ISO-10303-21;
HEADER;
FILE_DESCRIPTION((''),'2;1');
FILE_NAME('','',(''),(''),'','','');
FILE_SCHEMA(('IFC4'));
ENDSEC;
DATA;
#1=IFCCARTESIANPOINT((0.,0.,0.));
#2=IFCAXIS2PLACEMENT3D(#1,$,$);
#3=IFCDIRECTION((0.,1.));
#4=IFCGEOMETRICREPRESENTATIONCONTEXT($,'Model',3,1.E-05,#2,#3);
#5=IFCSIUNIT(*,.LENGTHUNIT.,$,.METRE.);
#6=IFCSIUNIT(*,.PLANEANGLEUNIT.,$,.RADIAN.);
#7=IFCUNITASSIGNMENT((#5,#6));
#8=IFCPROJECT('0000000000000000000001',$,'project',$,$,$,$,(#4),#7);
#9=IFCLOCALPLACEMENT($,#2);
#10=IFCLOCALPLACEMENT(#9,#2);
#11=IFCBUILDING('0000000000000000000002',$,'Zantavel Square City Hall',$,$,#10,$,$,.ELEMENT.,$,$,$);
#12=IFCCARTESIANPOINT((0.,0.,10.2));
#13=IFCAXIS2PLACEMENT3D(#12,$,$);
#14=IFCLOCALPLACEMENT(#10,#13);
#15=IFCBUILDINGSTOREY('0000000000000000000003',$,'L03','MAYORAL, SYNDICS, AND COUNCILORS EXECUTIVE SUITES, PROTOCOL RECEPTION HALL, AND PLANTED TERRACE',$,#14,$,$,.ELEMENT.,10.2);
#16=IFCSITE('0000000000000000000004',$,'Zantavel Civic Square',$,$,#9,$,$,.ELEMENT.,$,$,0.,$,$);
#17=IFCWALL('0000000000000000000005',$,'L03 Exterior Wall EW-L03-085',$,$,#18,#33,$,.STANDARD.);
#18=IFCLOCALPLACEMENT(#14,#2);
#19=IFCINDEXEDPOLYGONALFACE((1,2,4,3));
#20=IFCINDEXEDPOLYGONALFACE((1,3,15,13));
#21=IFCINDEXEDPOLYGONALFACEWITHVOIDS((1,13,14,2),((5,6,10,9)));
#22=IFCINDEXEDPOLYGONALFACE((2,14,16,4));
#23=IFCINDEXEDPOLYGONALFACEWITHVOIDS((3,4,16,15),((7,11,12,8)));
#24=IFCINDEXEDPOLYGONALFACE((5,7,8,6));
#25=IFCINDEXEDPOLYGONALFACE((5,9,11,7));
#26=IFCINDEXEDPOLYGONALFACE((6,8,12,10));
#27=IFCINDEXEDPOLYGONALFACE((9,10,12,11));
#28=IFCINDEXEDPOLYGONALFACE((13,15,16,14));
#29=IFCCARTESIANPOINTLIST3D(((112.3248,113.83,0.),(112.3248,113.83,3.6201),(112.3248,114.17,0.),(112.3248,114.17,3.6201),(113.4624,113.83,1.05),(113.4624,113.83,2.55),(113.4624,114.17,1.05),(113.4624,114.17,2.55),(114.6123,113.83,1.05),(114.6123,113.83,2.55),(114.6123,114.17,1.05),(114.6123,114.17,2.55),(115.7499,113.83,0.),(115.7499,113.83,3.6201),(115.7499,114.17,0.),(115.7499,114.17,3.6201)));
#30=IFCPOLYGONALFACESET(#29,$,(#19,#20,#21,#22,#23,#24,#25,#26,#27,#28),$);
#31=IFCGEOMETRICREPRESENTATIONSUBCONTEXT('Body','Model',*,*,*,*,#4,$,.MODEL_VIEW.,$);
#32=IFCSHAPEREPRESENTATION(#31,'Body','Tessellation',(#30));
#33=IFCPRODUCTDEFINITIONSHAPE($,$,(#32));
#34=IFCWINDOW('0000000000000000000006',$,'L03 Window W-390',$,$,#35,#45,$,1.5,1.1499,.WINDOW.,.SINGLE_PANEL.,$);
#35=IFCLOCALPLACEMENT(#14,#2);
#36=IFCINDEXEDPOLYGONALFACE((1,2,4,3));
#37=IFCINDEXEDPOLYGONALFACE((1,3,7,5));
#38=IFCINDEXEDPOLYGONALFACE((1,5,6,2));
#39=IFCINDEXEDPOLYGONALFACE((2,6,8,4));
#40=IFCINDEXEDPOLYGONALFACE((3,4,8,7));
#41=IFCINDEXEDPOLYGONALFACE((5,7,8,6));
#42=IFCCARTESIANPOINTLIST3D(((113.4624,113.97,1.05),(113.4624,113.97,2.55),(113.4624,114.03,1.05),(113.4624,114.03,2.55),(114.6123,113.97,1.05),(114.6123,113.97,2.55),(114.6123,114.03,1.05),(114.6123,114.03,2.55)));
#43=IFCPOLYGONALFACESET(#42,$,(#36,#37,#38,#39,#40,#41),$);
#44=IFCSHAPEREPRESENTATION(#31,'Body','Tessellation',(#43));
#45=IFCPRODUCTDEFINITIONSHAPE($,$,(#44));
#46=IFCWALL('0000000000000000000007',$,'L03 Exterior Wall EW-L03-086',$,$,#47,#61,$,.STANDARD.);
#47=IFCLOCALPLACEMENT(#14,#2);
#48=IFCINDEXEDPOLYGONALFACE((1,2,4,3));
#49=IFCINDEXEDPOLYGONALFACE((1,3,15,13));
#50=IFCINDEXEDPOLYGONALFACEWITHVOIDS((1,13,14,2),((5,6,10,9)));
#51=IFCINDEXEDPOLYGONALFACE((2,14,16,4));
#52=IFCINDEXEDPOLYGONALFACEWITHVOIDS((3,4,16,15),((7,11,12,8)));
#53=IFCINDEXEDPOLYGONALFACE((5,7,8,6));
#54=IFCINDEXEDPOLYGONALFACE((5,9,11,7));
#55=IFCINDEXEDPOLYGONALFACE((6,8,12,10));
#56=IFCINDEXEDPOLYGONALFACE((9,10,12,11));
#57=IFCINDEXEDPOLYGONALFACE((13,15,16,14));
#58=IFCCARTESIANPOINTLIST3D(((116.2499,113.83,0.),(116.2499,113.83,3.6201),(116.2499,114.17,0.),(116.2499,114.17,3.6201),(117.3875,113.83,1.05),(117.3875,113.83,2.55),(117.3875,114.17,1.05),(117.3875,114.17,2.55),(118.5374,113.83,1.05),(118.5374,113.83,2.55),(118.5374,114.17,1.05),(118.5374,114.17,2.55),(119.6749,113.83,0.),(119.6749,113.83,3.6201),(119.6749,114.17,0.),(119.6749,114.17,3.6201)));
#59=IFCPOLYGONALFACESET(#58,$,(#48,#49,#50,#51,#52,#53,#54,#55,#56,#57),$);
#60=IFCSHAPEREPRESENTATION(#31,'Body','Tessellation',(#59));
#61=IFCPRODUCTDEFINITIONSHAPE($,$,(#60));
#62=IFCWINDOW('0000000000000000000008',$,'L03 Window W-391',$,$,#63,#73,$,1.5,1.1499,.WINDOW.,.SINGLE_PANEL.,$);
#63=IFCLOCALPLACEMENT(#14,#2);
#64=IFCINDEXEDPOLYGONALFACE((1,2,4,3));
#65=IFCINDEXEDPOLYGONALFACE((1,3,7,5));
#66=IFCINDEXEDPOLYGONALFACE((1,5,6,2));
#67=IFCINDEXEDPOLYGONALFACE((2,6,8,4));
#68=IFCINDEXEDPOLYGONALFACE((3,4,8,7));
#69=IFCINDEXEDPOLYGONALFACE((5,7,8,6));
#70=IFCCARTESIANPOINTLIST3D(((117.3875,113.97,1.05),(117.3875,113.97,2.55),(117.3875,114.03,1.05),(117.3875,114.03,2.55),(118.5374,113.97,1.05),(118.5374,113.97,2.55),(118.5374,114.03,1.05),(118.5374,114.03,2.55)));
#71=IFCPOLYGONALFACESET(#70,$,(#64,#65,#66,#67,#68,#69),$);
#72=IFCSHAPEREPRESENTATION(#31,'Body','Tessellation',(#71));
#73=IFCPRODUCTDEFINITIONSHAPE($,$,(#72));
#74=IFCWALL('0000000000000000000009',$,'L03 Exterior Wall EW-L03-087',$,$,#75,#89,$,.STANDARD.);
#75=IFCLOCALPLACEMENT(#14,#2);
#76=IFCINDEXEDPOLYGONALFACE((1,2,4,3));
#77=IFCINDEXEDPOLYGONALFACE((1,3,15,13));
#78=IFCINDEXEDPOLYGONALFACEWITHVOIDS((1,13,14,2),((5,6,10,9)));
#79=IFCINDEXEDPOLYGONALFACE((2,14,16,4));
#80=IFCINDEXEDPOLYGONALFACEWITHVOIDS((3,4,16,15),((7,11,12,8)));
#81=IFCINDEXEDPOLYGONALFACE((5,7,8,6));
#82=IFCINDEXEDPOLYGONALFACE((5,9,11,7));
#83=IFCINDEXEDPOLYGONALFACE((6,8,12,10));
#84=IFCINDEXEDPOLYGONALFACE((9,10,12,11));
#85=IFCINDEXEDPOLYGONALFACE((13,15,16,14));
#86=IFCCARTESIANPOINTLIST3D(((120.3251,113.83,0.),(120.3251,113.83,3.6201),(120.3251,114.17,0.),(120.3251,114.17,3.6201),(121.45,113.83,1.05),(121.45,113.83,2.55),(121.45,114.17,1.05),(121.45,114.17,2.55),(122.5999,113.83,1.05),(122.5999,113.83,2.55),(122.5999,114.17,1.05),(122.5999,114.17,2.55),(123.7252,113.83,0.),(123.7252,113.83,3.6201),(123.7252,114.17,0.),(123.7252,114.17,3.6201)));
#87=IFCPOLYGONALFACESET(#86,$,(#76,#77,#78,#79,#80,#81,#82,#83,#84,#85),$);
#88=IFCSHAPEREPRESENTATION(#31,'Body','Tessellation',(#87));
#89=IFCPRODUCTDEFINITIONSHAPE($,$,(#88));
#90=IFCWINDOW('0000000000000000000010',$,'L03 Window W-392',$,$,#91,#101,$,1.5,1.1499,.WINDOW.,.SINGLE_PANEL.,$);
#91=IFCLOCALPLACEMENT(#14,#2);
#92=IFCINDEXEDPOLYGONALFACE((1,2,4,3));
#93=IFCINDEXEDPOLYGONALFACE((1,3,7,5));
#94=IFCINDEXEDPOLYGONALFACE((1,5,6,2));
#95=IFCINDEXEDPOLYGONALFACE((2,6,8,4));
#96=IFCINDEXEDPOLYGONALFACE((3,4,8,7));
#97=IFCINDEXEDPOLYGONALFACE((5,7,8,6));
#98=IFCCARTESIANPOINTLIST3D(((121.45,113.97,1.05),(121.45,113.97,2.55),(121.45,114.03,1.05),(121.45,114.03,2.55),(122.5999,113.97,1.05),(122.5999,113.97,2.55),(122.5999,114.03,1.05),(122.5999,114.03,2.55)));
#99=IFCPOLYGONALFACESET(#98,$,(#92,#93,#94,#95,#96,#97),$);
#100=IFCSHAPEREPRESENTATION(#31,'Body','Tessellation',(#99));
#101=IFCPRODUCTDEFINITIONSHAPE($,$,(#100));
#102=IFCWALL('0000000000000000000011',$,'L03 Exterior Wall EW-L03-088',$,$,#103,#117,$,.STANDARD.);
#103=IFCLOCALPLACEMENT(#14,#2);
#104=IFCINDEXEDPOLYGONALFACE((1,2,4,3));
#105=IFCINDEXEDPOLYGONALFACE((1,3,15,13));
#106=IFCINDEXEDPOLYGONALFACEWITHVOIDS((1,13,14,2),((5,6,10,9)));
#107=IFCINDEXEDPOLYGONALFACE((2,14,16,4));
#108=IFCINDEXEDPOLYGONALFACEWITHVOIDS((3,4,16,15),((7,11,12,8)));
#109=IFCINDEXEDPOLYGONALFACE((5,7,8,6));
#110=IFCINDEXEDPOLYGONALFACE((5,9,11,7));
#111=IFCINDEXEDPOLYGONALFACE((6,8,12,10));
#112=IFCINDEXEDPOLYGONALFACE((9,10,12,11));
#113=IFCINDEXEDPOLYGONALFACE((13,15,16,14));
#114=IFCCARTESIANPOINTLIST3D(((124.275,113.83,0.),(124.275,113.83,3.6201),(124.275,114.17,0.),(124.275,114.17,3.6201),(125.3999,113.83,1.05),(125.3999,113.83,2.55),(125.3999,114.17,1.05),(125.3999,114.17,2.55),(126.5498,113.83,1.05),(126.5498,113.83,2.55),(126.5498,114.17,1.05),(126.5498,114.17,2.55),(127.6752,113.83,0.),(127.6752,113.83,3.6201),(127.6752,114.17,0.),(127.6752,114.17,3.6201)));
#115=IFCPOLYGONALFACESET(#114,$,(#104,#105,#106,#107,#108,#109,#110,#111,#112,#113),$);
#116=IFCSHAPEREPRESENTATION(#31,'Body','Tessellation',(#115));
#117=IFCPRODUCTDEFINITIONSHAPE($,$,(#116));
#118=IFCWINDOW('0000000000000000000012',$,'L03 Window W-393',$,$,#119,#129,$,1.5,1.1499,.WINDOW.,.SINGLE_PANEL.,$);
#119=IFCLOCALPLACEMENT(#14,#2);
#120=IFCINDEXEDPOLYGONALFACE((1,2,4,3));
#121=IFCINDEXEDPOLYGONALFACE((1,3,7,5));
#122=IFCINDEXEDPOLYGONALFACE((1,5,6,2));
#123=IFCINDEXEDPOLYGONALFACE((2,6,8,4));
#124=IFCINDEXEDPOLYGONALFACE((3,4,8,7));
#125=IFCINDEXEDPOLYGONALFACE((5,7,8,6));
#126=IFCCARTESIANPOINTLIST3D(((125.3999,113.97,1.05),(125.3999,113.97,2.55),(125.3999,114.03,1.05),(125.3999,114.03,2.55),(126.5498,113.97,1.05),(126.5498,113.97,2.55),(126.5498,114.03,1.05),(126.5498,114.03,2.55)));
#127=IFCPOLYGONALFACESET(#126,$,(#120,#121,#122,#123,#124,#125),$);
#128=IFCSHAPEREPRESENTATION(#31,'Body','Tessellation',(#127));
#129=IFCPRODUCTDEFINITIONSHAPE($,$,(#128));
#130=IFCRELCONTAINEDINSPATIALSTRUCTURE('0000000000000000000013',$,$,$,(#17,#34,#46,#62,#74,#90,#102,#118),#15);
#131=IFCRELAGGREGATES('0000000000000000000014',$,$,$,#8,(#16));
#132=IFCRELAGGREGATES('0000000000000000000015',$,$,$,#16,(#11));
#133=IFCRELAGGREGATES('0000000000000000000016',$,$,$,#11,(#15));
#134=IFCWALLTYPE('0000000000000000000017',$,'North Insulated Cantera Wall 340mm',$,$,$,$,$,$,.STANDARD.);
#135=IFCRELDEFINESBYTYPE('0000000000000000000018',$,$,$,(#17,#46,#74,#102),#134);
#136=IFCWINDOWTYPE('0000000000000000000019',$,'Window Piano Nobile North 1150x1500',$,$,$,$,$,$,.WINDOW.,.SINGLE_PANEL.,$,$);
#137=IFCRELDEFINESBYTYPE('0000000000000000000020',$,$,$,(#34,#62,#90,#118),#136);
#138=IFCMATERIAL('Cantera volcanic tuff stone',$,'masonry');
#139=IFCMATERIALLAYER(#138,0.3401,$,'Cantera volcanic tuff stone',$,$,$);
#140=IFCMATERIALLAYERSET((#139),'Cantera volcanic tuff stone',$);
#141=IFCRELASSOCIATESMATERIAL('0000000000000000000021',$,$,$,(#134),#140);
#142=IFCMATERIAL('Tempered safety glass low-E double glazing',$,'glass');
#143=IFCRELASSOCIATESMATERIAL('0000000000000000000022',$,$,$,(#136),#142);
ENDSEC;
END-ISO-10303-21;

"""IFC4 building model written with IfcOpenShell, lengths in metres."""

from ifc_helpers import new_model, si_unit, direction, frame, frame_2d, origin, place, context, subcontext, project, spatial, rectangle, extrude, material, layer, layer_set, type_object, element, fill, save


model = new_model("IFC4")

# Units and contexts
model_context = context("Model", 3, precision=1e-05, world=origin(), true_north=direction((0.0, 1.0)))
body_context = subcontext(model_context, "Body", "Model", "MODEL_VIEW")
ifc_project = project(units=[si_unit("LENGTHUNIT", "METRE"), si_unit("PLANEANGLEUNIT", "RADIAN")], contexts=[model_context])

# Site, building, storey
site_placement = place(None, origin())
site = spatial("IfcSite", under=ifc_project, at=site_placement, Name="Zantavel Civic Square", CompositionType="ELEMENT", RefElevation=0.0)
building_placement = place(site_placement, origin())
building = spatial("IfcBuilding", under=site, at=building_placement, Name="Zantavel Square City Hall", CompositionType="ELEMENT")
storey_placement = place(building_placement, frame((0.0, 0.0, 10.2)))
storey = spatial("IfcBuildingStorey", under=building, at=storey_placement, Name="L03", Description="MAYORAL, SYNDICS, AND COUNCILORS EXECUTIVE SUITES, PROTOCOL RECEPTION HALL, AND PLANTED TERRACE", CompositionType="ELEMENT", Elevation=10.2)

# Shared definitions
ifc_material_1 = material(Name="Cantera volcanic tuff stone", Category="masonry")
ifc_material_2 = material(Name="Tempered safety glass low-E double glazing", Category="glass")

# Walls, openings, windows
ifc_layer_1 = layer(ifc_material_1, 0.3401, Name="Cantera volcanic tuff stone")
ifc_layer_set_1 = layer_set([ifc_layer_1], Name="Cantera volcanic tuff stone")
wall_type_1 = type_object("IfcWallType", Name="North Insulated Cantera Wall 340mm", PredefinedType="STANDARD", material=ifc_layer_set_1)
wall_1_placement = place(storey_placement, frame((112.325, 114.0, 0.0), z_axis=(0.0, 0.0, 1.0), x_axis=(1.0, 0.0, 0.0)))
wall_1 = element("IfcWall", 1, at=wall_1_placement, inside=storey, type_object=wall_type_1, Name="L03 Exterior Wall EW-L03-085", PredefinedType="STANDARD", context=body_context, shape_type="SweptSolid", body=[
    extrude(rectangle(XDim=3.425, YDim=0.3401, at=frame_2d((1.7124, 0.0))), origin(), (0.0, 0.0, 1.0), 3.6201),
])
opening_1_placement = place(wall_1_placement, frame((1.1375, 0.0, 1.05)))
opening_1 = element("IfcOpeningElement", 2, at=opening_1_placement, cuts=wall_1, PredefinedType="OPENING", context=body_context, shape_type="SweptSolid", body=[
    extrude(rectangle(XDim=1.1499, YDim=1.5, at=frame_2d((0.575, 0.75))), frame((0.0, 0.1799, 0.0), z_axis=(0.0, -1.0, 0.0), x_axis=(1.0, 0.0, 0.0)), (0.0, 0.0, 1.0), 0.3601),
])
window_type_1 = type_object("IfcWindowType", Name="Window Piano Nobile North 1150x1500", PartitioningType="SINGLE_PANEL", PredefinedType="WINDOW", material=ifc_material_2)
window_1_placement = place(opening_1_placement, origin())
window_1 = element("IfcWindow", 3, at=window_1_placement, inside=storey, type_object=window_type_1, Name="L03 Window W-390", OverallHeight=1.5, OverallWidth=1.1499, PartitioningType="SINGLE_PANEL", PredefinedType="WINDOW", context=body_context, shape_type="SweptSolid", body=[
    extrude(rectangle(XDim=1.1499, YDim=1.5, at=frame_2d((0.575, 0.75))), frame((0.0, 0.03, 0.0), z_axis=(0.0, -1.0, 0.0), x_axis=(1.0, 0.0, 0.0)), (0.0, 0.0, 1.0), 0.0601),
])
fill(opening_1, window_1)
wall_2_placement = place(storey_placement, frame((116.25, 114.0, 0.0), z_axis=(0.0, 0.0, 1.0), x_axis=(1.0, 0.0, 0.0)))
wall_2 = element("IfcWall", 4, at=wall_2_placement, inside=storey, type_object=wall_type_1, Name="L03 Exterior Wall EW-L03-086", PredefinedType="STANDARD", context=body_context, shape_type="SweptSolid", body=[
    extrude(rectangle(XDim=3.425, YDim=0.3401, at=frame_2d((1.7124, 0.0))), origin(), (0.0, 0.0, 1.0), 3.6201),
])
opening_2_placement = place(wall_2_placement, frame((1.1375, 0.0, 1.05)))
opening_2 = element("IfcOpeningElement", 5, at=opening_2_placement, cuts=wall_2, PredefinedType="OPENING", context=body_context, shape_type="SweptSolid", body=[
    extrude(rectangle(XDim=1.1499, YDim=1.5, at=frame_2d((0.575, 0.75))), frame((0.0, 0.1799, 0.0), z_axis=(0.0, -1.0, 0.0), x_axis=(1.0, 0.0, 0.0)), (0.0, 0.0, 1.0), 0.3601),
])
window_2_placement = place(opening_2_placement, origin())
window_2 = element("IfcWindow", 6, at=window_2_placement, inside=storey, type_object=window_type_1, Name="L03 Window W-391", OverallHeight=1.5, OverallWidth=1.1499, PartitioningType="SINGLE_PANEL", PredefinedType="WINDOW", context=body_context, shape_type="SweptSolid", body=[
    extrude(rectangle(XDim=1.1499, YDim=1.5, at=frame_2d((0.575, 0.75))), frame((0.0, 0.03, 0.0), z_axis=(0.0, -1.0, 0.0), x_axis=(1.0, 0.0, 0.0)), (0.0, 0.0, 1.0), 0.0601),
])
fill(opening_2, window_2)
wall_3_placement = place(storey_placement, frame((120.325, 114.0, 0.0), z_axis=(0.0, 0.0, 1.0), x_axis=(1.0, 0.0, 0.0)))
wall_3 = element("IfcWall", 7, at=wall_3_placement, inside=storey, type_object=wall_type_1, Name="L03 Exterior Wall EW-L03-087", PredefinedType="STANDARD", context=body_context, shape_type="SweptSolid", body=[
    extrude(rectangle(XDim=3.4001, YDim=0.3401, at=frame_2d((1.7002, 0.0))), origin(), (0.0, 0.0, 1.0), 3.6201),
])
opening_3_placement = place(wall_3_placement, frame((1.125, 0.0, 1.05)))
opening_3 = element("IfcOpeningElement", 8, at=opening_3_placement, cuts=wall_3, PredefinedType="OPENING", context=body_context, shape_type="SweptSolid", body=[
    extrude(rectangle(XDim=1.1499, YDim=1.5, at=frame_2d((0.575, 0.75))), frame((0.0, 0.1799, 0.0), z_axis=(0.0, -1.0, 0.0), x_axis=(1.0, 0.0, 0.0)), (0.0, 0.0, 1.0), 0.3601),
])
window_3_placement = place(opening_3_placement, origin())
window_3 = element("IfcWindow", 9, at=window_3_placement, inside=storey, type_object=window_type_1, Name="L03 Window W-392", OverallHeight=1.5, OverallWidth=1.1499, PartitioningType="SINGLE_PANEL", PredefinedType="WINDOW", context=body_context, shape_type="SweptSolid", body=[
    extrude(rectangle(XDim=1.1499, YDim=1.5, at=frame_2d((0.575, 0.75))), frame((0.0, 0.03, 0.0), z_axis=(0.0, -1.0, 0.0), x_axis=(1.0, 0.0, 0.0)), (0.0, 0.0, 1.0), 0.0601),
])
fill(opening_3, window_3)
wall_4_placement = place(storey_placement, frame((124.2749, 114.0, 0.0), z_axis=(0.0, 0.0, 1.0), x_axis=(1.0, 0.0, 0.0)))
wall_4 = element("IfcWall", 10, at=wall_4_placement, inside=storey, type_object=wall_type_1, Name="L03 Exterior Wall EW-L03-088", PredefinedType="STANDARD", context=body_context, shape_type="SweptSolid", body=[
    extrude(rectangle(XDim=3.4001, YDim=0.3401, at=frame_2d((1.7002, 0.0))), origin(), (0.0, 0.0, 1.0), 3.6201),
])
opening_4_placement = place(wall_4_placement, frame((1.125, 0.0, 1.05)))
opening_4 = element("IfcOpeningElement", 11, at=opening_4_placement, cuts=wall_4, PredefinedType="OPENING", context=body_context, shape_type="SweptSolid", body=[
    extrude(rectangle(XDim=1.1499, YDim=1.5, at=frame_2d((0.575, 0.75))), frame((0.0, 0.1799, 0.0), z_axis=(0.0, -1.0, 0.0), x_axis=(1.0, 0.0, 0.0)), (0.0, 0.0, 1.0), 0.3601),
])
window_4_placement = place(opening_4_placement, origin())
window_4 = element("IfcWindow", 12, at=window_4_placement, inside=storey, type_object=window_type_1, Name="L03 Window W-393", OverallHeight=1.5, OverallWidth=1.1499, PartitioningType="SINGLE_PANEL", PredefinedType="WINDOW", context=body_context, shape_type="SweptSolid", body=[
    extrude(rectangle(XDim=1.1499, YDim=1.5, at=frame_2d((0.575, 0.75))), frame((0.0, 0.03, 0.0), z_axis=(0.0, -1.0, 0.0), x_axis=(1.0, 0.0, 0.0)), (0.0, 0.0, 1.0), 0.0601),
])
fill(opening_4, window_4)

save(model, "model.ifc")
